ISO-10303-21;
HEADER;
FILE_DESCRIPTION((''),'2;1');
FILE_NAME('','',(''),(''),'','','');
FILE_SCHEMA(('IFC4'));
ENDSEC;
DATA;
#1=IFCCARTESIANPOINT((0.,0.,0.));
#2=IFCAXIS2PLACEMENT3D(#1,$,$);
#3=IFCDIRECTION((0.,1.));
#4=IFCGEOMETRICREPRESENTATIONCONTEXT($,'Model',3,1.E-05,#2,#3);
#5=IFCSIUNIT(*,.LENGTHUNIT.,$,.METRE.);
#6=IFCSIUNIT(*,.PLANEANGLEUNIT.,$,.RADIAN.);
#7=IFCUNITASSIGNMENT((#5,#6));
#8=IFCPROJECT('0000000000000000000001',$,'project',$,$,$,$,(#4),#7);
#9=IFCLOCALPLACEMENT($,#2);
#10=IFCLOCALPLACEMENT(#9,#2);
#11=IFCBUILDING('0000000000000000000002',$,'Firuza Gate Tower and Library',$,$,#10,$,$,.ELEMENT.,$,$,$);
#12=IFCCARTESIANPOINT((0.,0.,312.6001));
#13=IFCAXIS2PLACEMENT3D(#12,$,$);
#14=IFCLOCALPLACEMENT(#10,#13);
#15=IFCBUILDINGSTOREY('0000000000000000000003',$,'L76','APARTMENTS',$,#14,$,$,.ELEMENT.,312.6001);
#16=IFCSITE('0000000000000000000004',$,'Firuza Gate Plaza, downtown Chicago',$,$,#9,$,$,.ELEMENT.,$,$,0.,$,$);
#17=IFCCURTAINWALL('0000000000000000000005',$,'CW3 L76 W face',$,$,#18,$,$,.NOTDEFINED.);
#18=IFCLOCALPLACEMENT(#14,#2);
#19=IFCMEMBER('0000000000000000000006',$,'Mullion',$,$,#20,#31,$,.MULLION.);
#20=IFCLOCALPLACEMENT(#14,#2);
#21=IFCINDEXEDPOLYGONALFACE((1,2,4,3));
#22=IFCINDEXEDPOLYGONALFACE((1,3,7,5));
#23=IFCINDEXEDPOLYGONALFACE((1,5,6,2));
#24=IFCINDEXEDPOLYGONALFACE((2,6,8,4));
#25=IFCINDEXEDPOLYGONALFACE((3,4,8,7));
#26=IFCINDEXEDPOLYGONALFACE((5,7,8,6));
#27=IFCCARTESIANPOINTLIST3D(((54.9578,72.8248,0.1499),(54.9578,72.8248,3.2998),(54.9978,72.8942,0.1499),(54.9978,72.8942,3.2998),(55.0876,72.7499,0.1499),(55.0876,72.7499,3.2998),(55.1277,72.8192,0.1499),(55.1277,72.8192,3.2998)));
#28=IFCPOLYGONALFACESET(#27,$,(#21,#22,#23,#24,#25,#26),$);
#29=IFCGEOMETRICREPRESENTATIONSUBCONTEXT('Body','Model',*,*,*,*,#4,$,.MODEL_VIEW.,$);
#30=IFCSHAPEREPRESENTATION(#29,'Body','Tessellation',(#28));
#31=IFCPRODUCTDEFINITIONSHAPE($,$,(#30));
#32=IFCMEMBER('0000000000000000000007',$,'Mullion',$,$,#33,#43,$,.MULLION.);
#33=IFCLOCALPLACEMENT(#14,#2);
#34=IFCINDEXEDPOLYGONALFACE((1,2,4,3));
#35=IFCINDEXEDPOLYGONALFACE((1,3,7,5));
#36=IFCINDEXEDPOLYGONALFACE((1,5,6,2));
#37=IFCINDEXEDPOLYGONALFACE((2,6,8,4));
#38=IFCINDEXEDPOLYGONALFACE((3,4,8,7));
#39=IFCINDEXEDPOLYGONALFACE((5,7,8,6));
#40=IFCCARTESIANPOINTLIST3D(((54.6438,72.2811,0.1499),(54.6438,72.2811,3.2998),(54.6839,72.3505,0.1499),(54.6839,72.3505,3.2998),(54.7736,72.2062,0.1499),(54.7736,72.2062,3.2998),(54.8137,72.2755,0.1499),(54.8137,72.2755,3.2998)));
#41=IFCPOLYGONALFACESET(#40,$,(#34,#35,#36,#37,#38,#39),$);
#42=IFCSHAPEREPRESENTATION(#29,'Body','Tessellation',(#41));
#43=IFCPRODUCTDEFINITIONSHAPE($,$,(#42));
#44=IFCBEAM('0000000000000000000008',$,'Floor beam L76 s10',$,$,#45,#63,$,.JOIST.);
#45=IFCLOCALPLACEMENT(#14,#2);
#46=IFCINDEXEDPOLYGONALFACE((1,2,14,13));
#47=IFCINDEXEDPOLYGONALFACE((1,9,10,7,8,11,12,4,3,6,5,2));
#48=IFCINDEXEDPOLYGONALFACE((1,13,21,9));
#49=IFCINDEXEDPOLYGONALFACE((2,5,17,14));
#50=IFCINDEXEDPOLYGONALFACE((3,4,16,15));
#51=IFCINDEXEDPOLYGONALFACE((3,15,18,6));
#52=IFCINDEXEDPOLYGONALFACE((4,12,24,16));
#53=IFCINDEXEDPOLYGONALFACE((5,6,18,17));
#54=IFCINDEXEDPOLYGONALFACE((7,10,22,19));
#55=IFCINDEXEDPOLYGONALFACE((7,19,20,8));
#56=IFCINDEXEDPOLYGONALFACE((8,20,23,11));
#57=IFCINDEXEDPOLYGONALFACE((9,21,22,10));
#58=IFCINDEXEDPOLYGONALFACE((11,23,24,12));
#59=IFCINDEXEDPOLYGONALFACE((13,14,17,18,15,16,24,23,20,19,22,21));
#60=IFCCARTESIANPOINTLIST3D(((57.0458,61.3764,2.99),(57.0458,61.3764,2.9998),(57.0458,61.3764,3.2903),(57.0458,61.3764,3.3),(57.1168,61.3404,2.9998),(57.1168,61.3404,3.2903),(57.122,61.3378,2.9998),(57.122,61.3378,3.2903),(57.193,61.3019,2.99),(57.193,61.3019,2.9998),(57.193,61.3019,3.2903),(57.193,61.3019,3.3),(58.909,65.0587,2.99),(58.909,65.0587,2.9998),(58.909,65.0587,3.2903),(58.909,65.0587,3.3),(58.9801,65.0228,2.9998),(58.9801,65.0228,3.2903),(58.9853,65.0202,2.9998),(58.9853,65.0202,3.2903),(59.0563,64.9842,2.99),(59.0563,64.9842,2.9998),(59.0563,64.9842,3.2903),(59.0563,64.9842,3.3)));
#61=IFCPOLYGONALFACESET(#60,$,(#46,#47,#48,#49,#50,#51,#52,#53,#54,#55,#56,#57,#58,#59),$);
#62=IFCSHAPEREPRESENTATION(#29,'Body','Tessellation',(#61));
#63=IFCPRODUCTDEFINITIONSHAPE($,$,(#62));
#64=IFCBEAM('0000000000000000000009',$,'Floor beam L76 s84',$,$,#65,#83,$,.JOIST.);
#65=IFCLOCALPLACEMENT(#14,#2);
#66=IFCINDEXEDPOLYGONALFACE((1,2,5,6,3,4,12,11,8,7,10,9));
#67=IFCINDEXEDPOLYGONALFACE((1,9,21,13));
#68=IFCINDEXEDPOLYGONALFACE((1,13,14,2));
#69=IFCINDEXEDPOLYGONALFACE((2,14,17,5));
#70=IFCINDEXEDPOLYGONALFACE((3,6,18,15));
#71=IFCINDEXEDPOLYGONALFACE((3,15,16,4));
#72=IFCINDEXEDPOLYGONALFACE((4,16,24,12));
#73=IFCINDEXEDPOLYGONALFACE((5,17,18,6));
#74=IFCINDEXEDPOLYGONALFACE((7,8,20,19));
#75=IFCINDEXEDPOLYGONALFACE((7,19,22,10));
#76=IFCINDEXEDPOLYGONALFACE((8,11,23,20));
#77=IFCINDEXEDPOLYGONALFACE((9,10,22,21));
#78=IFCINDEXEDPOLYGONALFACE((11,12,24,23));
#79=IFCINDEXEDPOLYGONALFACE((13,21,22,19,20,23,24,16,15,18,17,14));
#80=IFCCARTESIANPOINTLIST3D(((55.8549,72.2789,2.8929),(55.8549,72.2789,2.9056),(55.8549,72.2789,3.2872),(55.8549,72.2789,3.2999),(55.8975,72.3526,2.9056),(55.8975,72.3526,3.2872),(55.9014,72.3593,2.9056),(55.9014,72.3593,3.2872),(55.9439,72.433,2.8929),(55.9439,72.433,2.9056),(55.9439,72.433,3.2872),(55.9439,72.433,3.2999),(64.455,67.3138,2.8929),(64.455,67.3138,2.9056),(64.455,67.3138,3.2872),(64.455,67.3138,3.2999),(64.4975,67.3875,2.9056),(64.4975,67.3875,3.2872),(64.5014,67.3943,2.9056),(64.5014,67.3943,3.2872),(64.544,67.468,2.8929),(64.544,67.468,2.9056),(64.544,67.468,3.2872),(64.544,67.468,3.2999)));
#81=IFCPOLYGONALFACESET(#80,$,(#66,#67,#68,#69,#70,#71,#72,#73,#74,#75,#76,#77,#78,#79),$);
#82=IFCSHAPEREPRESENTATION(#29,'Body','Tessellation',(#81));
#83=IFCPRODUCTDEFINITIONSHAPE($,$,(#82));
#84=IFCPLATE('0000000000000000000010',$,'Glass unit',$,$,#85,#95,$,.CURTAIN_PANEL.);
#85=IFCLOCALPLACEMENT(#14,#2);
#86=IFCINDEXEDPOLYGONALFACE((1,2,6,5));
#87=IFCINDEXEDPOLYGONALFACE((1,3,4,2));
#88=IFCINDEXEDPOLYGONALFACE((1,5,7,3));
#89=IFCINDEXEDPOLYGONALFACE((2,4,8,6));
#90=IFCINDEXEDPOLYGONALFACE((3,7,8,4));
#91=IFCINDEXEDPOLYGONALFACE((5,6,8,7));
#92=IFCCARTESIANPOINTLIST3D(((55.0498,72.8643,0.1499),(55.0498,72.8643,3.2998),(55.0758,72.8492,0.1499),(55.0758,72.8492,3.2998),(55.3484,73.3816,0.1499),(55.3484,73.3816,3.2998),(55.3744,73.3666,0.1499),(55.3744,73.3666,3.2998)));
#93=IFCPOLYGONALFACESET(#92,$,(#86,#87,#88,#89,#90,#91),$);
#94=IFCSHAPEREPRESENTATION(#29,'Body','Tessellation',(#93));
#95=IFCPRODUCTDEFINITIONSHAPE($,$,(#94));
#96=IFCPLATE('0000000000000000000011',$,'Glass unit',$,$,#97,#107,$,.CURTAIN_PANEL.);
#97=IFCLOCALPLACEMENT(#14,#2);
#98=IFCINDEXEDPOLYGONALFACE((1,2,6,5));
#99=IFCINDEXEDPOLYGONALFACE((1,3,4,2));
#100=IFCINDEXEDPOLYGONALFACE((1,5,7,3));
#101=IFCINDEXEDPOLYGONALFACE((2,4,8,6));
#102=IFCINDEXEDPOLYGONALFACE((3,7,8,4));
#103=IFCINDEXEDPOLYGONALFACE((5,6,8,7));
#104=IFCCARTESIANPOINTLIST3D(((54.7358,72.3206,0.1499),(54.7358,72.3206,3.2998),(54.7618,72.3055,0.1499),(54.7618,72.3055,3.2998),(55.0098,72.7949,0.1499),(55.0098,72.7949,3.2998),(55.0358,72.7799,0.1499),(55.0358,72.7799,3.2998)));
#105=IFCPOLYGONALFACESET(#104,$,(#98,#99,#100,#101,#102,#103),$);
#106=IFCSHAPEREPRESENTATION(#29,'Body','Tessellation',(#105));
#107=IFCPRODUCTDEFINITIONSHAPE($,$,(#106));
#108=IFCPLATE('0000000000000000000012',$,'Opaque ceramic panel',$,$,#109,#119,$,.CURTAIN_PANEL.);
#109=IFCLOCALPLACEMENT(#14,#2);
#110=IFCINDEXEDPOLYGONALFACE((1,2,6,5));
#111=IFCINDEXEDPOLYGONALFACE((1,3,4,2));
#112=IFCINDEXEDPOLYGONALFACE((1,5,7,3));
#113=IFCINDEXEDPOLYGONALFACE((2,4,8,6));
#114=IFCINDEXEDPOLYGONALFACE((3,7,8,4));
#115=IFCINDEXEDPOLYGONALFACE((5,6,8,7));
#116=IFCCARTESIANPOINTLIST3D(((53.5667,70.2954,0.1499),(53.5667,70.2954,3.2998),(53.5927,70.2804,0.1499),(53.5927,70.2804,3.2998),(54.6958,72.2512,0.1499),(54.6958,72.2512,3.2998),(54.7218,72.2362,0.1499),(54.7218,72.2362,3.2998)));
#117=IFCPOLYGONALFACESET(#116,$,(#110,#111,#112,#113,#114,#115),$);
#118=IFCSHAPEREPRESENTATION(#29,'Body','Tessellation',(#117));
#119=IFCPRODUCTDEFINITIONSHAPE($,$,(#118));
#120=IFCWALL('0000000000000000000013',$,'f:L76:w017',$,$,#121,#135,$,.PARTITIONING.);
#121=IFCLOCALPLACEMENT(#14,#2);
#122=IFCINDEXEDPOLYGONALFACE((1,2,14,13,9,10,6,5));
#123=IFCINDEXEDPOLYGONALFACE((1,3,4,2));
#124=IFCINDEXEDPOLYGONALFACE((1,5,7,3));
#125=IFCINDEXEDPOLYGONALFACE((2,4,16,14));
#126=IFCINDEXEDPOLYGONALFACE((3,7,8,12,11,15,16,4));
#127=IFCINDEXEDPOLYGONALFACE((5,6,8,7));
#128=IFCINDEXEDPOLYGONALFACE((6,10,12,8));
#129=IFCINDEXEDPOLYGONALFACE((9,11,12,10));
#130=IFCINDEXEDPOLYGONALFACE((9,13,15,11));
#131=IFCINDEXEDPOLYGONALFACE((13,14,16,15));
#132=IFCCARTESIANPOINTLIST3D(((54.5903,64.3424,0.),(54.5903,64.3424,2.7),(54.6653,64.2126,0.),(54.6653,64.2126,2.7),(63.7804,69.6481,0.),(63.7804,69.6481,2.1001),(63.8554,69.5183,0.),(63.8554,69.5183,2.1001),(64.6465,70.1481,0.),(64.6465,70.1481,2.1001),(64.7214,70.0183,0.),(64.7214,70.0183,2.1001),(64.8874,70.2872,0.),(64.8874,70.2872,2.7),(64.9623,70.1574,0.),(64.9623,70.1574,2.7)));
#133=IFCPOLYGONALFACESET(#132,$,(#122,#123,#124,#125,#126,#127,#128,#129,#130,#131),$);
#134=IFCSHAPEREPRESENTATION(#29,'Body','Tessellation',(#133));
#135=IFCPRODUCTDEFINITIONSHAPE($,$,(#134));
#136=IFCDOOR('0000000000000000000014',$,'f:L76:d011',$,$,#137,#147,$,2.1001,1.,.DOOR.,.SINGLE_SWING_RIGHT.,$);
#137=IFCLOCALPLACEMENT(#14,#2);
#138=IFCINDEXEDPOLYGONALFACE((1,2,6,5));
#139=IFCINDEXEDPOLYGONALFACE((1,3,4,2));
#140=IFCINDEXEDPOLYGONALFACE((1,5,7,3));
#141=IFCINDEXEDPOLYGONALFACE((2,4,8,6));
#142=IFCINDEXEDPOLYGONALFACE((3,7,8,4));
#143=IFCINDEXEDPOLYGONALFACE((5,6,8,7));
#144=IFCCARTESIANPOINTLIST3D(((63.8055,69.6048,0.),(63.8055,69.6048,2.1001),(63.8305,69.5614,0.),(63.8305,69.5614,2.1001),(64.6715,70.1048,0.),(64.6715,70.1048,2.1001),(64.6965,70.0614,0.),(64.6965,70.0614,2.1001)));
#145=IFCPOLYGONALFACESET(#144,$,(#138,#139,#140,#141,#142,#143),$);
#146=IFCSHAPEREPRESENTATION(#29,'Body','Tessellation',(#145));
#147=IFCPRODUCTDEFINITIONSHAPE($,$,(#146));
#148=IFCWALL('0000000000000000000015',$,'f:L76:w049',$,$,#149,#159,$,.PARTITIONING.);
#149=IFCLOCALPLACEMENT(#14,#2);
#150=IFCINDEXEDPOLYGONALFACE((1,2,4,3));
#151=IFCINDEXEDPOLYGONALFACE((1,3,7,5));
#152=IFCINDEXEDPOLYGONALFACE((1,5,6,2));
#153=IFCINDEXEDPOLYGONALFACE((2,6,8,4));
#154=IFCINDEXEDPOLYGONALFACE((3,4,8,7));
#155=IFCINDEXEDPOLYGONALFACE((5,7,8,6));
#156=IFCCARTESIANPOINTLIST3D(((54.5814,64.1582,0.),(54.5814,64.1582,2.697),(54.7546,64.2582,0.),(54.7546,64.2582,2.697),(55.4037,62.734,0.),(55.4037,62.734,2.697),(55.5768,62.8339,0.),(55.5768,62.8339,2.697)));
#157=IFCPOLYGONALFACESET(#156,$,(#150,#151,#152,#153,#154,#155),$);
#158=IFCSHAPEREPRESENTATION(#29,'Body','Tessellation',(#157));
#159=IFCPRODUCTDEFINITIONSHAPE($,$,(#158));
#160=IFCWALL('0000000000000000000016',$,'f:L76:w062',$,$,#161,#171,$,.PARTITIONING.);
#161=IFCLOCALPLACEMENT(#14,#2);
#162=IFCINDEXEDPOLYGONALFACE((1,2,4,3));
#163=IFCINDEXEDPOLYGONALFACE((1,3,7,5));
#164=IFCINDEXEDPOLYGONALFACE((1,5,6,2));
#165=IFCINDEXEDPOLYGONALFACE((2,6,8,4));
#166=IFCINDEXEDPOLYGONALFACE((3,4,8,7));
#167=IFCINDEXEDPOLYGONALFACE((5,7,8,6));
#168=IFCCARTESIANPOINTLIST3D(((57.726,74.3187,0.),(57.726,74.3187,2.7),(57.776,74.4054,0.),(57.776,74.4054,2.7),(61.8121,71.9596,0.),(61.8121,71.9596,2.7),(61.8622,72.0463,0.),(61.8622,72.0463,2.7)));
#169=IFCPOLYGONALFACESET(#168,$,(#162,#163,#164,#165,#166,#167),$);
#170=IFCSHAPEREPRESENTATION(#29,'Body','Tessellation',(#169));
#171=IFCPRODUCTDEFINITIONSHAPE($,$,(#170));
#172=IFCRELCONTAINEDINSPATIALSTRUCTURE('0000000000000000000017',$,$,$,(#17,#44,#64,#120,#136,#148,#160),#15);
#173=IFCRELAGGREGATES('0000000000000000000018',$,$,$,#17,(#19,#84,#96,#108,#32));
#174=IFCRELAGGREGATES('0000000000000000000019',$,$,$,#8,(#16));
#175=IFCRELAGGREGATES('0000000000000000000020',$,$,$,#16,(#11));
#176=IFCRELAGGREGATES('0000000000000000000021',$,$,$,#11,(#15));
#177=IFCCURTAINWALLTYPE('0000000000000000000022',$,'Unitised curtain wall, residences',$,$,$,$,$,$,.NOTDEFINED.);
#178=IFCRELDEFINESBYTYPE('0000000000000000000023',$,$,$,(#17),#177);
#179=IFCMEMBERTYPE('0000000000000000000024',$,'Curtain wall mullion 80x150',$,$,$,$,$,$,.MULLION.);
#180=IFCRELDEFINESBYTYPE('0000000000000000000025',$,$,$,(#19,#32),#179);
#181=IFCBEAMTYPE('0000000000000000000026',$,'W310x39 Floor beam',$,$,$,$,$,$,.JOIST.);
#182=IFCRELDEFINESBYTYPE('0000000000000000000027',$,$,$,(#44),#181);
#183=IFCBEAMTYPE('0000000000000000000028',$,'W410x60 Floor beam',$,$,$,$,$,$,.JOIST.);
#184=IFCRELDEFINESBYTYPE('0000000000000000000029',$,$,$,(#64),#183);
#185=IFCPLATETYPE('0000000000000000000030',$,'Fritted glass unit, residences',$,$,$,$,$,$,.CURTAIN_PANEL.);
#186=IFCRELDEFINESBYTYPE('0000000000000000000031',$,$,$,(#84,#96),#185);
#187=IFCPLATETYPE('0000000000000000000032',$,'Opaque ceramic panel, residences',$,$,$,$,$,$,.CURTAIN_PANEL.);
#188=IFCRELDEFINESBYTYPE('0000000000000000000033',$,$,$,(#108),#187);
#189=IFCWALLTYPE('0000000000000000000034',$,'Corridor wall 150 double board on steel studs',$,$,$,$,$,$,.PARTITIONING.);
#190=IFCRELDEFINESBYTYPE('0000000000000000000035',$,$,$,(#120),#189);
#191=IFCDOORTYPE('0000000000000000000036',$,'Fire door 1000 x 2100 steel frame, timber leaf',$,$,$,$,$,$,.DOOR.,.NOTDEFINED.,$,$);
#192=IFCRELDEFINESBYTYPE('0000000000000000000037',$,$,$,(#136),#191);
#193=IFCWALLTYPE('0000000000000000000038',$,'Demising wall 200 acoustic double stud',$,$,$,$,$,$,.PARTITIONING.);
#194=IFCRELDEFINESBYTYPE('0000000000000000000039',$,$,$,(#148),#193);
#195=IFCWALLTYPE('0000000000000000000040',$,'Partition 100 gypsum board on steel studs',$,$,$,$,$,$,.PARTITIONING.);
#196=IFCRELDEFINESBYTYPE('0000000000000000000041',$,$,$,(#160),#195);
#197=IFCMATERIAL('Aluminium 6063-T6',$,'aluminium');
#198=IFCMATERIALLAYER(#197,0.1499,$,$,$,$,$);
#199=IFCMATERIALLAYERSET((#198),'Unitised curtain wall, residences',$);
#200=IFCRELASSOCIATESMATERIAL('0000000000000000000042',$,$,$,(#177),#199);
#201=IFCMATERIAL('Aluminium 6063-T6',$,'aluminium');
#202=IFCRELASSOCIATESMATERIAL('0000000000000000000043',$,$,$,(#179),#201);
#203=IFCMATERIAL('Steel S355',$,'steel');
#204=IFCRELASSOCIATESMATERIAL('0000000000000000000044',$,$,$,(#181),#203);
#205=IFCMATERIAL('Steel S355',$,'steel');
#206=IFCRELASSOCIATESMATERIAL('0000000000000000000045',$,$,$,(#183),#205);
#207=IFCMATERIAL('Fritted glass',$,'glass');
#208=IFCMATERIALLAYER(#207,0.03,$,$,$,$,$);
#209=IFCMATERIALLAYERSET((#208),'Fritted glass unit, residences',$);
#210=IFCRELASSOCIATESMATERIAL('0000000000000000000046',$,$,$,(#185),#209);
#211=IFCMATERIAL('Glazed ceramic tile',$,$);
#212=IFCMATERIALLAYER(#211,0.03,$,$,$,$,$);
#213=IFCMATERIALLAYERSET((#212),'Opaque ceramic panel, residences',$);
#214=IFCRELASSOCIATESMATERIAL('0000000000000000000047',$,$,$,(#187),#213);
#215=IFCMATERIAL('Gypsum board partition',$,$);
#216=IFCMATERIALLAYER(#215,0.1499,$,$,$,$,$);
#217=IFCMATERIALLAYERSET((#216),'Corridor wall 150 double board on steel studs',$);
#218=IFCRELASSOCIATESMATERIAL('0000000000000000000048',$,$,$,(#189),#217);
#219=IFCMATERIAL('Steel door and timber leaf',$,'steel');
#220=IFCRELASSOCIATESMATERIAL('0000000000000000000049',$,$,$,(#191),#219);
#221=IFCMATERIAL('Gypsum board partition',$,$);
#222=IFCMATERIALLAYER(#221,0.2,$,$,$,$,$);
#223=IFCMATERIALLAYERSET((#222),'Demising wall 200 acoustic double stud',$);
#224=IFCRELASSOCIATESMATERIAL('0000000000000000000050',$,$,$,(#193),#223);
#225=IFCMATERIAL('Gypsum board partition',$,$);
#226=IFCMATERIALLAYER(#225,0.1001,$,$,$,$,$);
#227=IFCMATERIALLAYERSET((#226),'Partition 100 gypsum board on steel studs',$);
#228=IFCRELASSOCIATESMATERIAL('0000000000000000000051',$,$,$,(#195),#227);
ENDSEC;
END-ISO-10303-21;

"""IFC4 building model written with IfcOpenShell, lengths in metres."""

from ifc_helpers import new_model, si_unit, direction, frame, frame_2d, origin, origin_2d, place, context, subcontext, project, spatial, polyline, rectangle, i_section, outline, extrude, material, layer, layer_set, material_profile, profile_set, type_object, element, fill, aggregate, save


model = new_model("IFC4")

# Units and contexts
model_context = context("Model", 3, precision=1e-05, world=origin(), true_north=direction((0.0, 1.0)))
body_context = subcontext(model_context, "Body", "Model", "MODEL_VIEW")
ifc_project = project(units=[si_unit("LENGTHUNIT", "METRE"), si_unit("PLANEANGLEUNIT", "RADIAN")], contexts=[model_context])

# Site, building, storey
site_placement = place(None, origin())
site = spatial("IfcSite", under=ifc_project, at=site_placement, Name="Firuza Gate Plaza, downtown Chicago", CompositionType="ELEMENT", RefElevation=0.0)
building_placement = place(site_placement, origin())
building = spatial("IfcBuilding", under=site, at=building_placement, Name="Firuza Gate Tower and Library", CompositionType="ELEMENT")
storey_placement = place(building_placement, frame((0.0, 0.0, 312.6001)))
storey = spatial("IfcBuildingStorey", under=building, at=storey_placement, Name="L76", Description="APARTMENTS", CompositionType="ELEMENT", Elevation=312.6001)

# Curtain wall, members
ifc_material_1 = material(Name="Aluminium 6063-T6", Category="aluminium")
ifc_layer_1 = layer(ifc_material_1, 0.1499)
ifc_layer_set_1 = layer_set([ifc_layer_1], Name="Unitised curtain wall, residences")
curtain_wall_type = type_object("IfcCurtainWallType", Name="Unitised curtain wall, residences", PredefinedType="NOTDEFINED", material=ifc_layer_set_1)
curtain_wall_placement = place(storey_placement, origin())
curtain_wall = element("IfcCurtainWall", 1, at=curtain_wall_placement, inside=storey, type_object=curtain_wall_type, Name="CW3 L76 W face", PredefinedType="NOTDEFINED")
ifc_material_2 = material(Name="Aluminium 6063-T6", Category="aluminium")
ifc_material_profile_1 = material_profile(ifc_material_2, rectangle(XDim=0.1499, YDim=0.0801, at=origin_2d()))
ifc_profile_set_1 = profile_set([ifc_material_profile_1], Name="Aluminium 6063-T6")
member_type = type_object("IfcMemberType", Name="Curtain wall mullion 80x150", PredefinedType="MULLION", material=ifc_profile_set_1)
member_1_placement = place(storey_placement, frame((55.0427, 72.822, 0.1499), z_axis=(0.0, 0.0, 1.0), x_axis=(0.866025, -0.5, 0.0)))
member_1 = element("IfcMember", 2, at=member_1_placement, type_object=member_type, Name="Mullion", PredefinedType="MULLION", context=body_context, shape_type="SweptSolid", body=[
    extrude(rectangle(XDim=0.1499, YDim=0.0801, at=origin_2d()), origin(), (0.0, 0.0, 1.0), 3.1499),
])
member_2_placement = place(storey_placement, frame((54.7288, 72.2783, 0.1499), z_axis=(0.0, 0.0, 1.0), x_axis=(0.866025, -0.5, 0.0)))
member_2 = element("IfcMember", 3, at=member_2_placement, type_object=member_type, Name="Mullion", PredefinedType="MULLION", context=body_context, shape_type="SweptSolid", body=[
    extrude(rectangle(XDim=0.1499, YDim=0.0801, at=origin_2d()), origin(), (0.0, 0.0, 1.0), 3.1499),
])

# Beams
ifc_material_3 = material(Name="Steel S355", Category="steel")
ifc_material_profile_2 = material_profile(ifc_material_3, i_section(OverallWidth=0.165, OverallDepth=0.3101, WebThickness=0.0059, FlangeThickness=0.0098, at=origin_2d()))
ifc_profile_set_2 = profile_set([ifc_material_profile_2], Name="Steel S355")
beam_type_1 = type_object("IfcBeamType", Name="W310x39 Floor beam", PredefinedType="JOIST", material=ifc_profile_set_2)
beam_1_placement = place(storey_placement, frame((57.1194, 61.3391, 3.145), z_axis=(0.451491, 0.892275, 0.0), x_axis=(-0.892275, 0.451491, 0.0)))
element("IfcBeam", 4, at=beam_1_placement, inside=storey, type_object=beam_type_1, Name="Floor beam L76 s10", PredefinedType="JOIST", context=body_context, shape_type="SweptSolid", body=[
    extrude(i_section(OverallWidth=0.165, OverallDepth=0.3101, WebThickness=0.0059, FlangeThickness=0.0098, at=origin_2d()), origin(), (0.0, 0.0, 1.0), 4.127),
])
ifc_material_4 = material(Name="Steel S355", Category="steel")
ifc_material_profile_3 = material_profile(ifc_material_4, i_section(OverallWidth=0.178, OverallDepth=0.407, WebThickness=0.0078, FlangeThickness=0.0127, at=origin_2d()))
ifc_profile_set_3 = profile_set([ifc_material_profile_3], Name="Steel S355")
beam_type_2 = type_object("IfcBeamType", Name="W410x60 Floor beam", PredefinedType="JOIST", material=ifc_profile_set_3)
beam_2_placement = place(storey_placement, frame((55.8994, 72.356, 3.0964), z_axis=(0.866033, -0.499986, 0.0), x_axis=(0.499986, 0.866033, 0.0)))
element("IfcBeam", 5, at=beam_2_placement, inside=storey, type_object=beam_type_2, Name="Floor beam L76 s84", PredefinedType="JOIST", context=body_context, shape_type="SweptSolid", body=[
    extrude(i_section(OverallWidth=0.178, OverallDepth=0.407, WebThickness=0.0078, FlangeThickness=0.0127, at=origin_2d()), origin(), (0.0, 0.0, 1.0), 9.9304),
])

# Plates
ifc_material_5 = material(Name="Fritted glass", Category="glass")
ifc_layer_2 = layer(ifc_material_5, 0.03)
ifc_layer_set_2 = layer_set([ifc_layer_2], Name="Fritted glass unit, residences")
plate_type_1 = type_object("IfcPlateType", Name="Fritted glass unit, residences", PredefinedType="CURTAIN_PANEL", material=ifc_layer_set_2)
plate_1_placement = place(storey_placement, frame((55.3484, 73.3816, 0.1499), z_axis=(-0.866097, 0.499876, 0.0), x_axis=(-0.499876, -0.866097, 0.0)))
plate_1 = element("IfcPlate", 6, at=plate_1_placement, type_object=plate_type_1, Name="Glass unit", PredefinedType="CURTAIN_PANEL", context=body_context, shape_type="SweptSolid", body=[
    extrude(outline(polyline([(0.0, 0.0), (0.5973, 0.0), (0.5973, 3.1499), (0.0, 3.1499), (0.0, 0.0)])), origin(), (0.0, 0.0, -1.0), 0.03),
])
plate_2_placement = place(storey_placement, frame((55.0098, 72.7949, 0.1499), z_axis=(-0.865985, 0.50007, 0.0), x_axis=(-0.50007, -0.865985, 0.0)))
plate_2 = element("IfcPlate", 7, at=plate_2_placement, type_object=plate_type_1, Name="Glass unit", PredefinedType="CURTAIN_PANEL", context=body_context, shape_type="SweptSolid", body=[
    extrude(outline(polyline([(0.0, 0.0), (0.5478, 0.0), (0.5478, 3.1499), (0.0, 3.1499), (0.0, 0.0)])), origin(), (0.0, 0.0, -1.0), 0.03),
])
ifc_material_6 = material(Name="Glazed ceramic tile")
ifc_layer_3 = layer(ifc_material_6, 0.03)
ifc_layer_set_3 = layer_set([ifc_layer_3], Name="Opaque ceramic panel, residences")
plate_type_2 = type_object("IfcPlateType", Name="Opaque ceramic panel, residences", PredefinedType="CURTAIN_PANEL", material=ifc_layer_set_3)
plate_3_placement = place(storey_placement, frame((54.6958, 72.2512, 0.1499), z_axis=(-0.866033, 0.499988, 0.0), x_axis=(-0.499988, -0.866033, 0.0)))
plate_3 = element("IfcPlate", 8, at=plate_3_placement, type_object=plate_type_2, Name="Opaque ceramic panel", PredefinedType="CURTAIN_PANEL", context=body_context, shape_type="SweptSolid", body=[
    extrude(outline(polyline([(0.0, 0.0), (2.2584, 0.0), (2.2584, 3.1499), (0.0, 3.1499), (0.0, 0.0)])), origin(), (0.0, 0.0, -1.0), 0.03),
])
aggregate(curtain_wall, [member_1, plate_1, plate_2, plate_3, member_2])

# Wall, opening, door
ifc_material_7 = material(Name="Gypsum board partition")
ifc_layer_4 = layer(ifc_material_7, 0.1499)
ifc_layer_set_4 = layer_set([ifc_layer_4], Name="Corridor wall 150 double board on steel studs")
wall_type_1 = type_object("IfcWallType", Name="Corridor wall 150 double board on steel studs", PredefinedType="PARTITIONING", material=ifc_layer_set_4)
wall_1_placement = place(storey_placement, frame((54.6279, 64.2776, 0.0), z_axis=(0.0, 0.0, 1.0), x_axis=(0.866033, 0.499986, 0.0)))
wall_1 = element("IfcWall", 9, at=wall_1_placement, inside=storey, type_object=wall_type_1, Name="f:L76:w017", PredefinedType="PARTITIONING", context=body_context, shape_type="SweptSolid", body=[
    extrude(rectangle(XDim=11.8899, YDim=0.1499, at=frame_2d((5.9448, 0.0))), origin(), (0.0, 0.0, 1.0), 2.7),
])
opening_1_placement = place(wall_1_placement, frame((10.6116, 0.0, 0.0)))
opening_1 = element("IfcOpeningElement", 10, at=opening_1_placement, cuts=wall_1, PredefinedType="OPENING", context=body_context, shape_type="SweptSolid", body=[
    extrude(rectangle(XDim=1.0, YDim=2.1001, at=frame_2d((0.5, 1.05))), frame((0.0, 0.085, 0.0), z_axis=(0.0, -1.0, 0.0), x_axis=(1.0, 0.0, 0.0)), (0.0, 0.0, 1.0), 0.1699),
])
ifc_material_8 = material(Name="Steel door and timber leaf", Category="steel")
door_type_1 = type_object("IfcDoorType", Name="Fire door 1000 x 2100 steel frame, timber leaf", OperationType="NOTDEFINED", PredefinedType="DOOR", material=ifc_material_8)
door_1_placement = place(opening_1_placement, origin())
door_1 = element("IfcDoor", 11, at=door_1_placement, inside=storey, type_object=door_type_1, Name="f:L76:d011", OperationType="SINGLE_SWING_RIGHT", OverallHeight=2.1001, OverallWidth=1.0, PredefinedType="DOOR", context=body_context, shape_type="SweptSolid", body=[
    extrude(rectangle(XDim=1.0, YDim=2.1001, at=frame_2d((0.5, 1.05))), frame((0.0, 0.0249, 0.0), z_axis=(0.0, -1.0, 0.0), x_axis=(1.0, 0.0, 0.0)), (0.0, 0.0, 1.0), 0.05),
])
fill(opening_1, door_1)

# Walls
ifc_material_9 = material(Name="Gypsum board partition")
ifc_layer_5 = layer(ifc_material_9, 0.2)
ifc_layer_set_5 = layer_set([ifc_layer_5], Name="Demising wall 200 acoustic double stud")
wall_type_2 = type_object("IfcWallType", Name="Demising wall 200 acoustic double stud", PredefinedType="PARTITIONING", material=ifc_layer_set_5)
wall_2_placement = place(storey_placement, frame((55.4902, 62.7839, 0.0), z_axis=(0.0, 0.0, 1.0), x_axis=(-0.499971, 0.866042, 0.0)))
element("IfcWall", 12, at=wall_2_placement, inside=storey, type_object=wall_type_2, Name="f:L76:w049", PredefinedType="PARTITIONING", context=body_context, shape_type="SweptSolid", body=[
    extrude(rectangle(XDim=1.6445, YDim=0.2, at=frame_2d((0.8223, 0.0))), origin(), (0.0, 0.0, 1.0), 2.697),
])
ifc_material_10 = material(Name="Gypsum board partition")
ifc_layer_6 = layer(ifc_material_10, 0.1001)
ifc_layer_set_6 = layer_set([ifc_layer_6], Name="Partition 100 gypsum board on steel studs")
wall_type_3 = type_object("IfcWallType", Name="Partition 100 gypsum board on steel studs", PredefinedType="PARTITIONING", material=ifc_layer_set_6)
wall_3_placement = place(storey_placement, frame((61.8372, 72.0029, 0.0), z_axis=(0.0, 0.0, 1.0), x_axis=(-0.866028, 0.499996, 0.0)))
element("IfcWall", 13, at=wall_3_placement, inside=storey, type_object=wall_type_3, Name="f:L76:w062", PredefinedType="PARTITIONING", context=body_context, shape_type="SweptSolid", body=[
    extrude(rectangle(XDim=4.7183, YDim=0.1001, at=frame_2d((2.3591, 0.0))), origin(), (0.0, 0.0, 1.0), 2.7),
])

save(model, "model.ifc")
